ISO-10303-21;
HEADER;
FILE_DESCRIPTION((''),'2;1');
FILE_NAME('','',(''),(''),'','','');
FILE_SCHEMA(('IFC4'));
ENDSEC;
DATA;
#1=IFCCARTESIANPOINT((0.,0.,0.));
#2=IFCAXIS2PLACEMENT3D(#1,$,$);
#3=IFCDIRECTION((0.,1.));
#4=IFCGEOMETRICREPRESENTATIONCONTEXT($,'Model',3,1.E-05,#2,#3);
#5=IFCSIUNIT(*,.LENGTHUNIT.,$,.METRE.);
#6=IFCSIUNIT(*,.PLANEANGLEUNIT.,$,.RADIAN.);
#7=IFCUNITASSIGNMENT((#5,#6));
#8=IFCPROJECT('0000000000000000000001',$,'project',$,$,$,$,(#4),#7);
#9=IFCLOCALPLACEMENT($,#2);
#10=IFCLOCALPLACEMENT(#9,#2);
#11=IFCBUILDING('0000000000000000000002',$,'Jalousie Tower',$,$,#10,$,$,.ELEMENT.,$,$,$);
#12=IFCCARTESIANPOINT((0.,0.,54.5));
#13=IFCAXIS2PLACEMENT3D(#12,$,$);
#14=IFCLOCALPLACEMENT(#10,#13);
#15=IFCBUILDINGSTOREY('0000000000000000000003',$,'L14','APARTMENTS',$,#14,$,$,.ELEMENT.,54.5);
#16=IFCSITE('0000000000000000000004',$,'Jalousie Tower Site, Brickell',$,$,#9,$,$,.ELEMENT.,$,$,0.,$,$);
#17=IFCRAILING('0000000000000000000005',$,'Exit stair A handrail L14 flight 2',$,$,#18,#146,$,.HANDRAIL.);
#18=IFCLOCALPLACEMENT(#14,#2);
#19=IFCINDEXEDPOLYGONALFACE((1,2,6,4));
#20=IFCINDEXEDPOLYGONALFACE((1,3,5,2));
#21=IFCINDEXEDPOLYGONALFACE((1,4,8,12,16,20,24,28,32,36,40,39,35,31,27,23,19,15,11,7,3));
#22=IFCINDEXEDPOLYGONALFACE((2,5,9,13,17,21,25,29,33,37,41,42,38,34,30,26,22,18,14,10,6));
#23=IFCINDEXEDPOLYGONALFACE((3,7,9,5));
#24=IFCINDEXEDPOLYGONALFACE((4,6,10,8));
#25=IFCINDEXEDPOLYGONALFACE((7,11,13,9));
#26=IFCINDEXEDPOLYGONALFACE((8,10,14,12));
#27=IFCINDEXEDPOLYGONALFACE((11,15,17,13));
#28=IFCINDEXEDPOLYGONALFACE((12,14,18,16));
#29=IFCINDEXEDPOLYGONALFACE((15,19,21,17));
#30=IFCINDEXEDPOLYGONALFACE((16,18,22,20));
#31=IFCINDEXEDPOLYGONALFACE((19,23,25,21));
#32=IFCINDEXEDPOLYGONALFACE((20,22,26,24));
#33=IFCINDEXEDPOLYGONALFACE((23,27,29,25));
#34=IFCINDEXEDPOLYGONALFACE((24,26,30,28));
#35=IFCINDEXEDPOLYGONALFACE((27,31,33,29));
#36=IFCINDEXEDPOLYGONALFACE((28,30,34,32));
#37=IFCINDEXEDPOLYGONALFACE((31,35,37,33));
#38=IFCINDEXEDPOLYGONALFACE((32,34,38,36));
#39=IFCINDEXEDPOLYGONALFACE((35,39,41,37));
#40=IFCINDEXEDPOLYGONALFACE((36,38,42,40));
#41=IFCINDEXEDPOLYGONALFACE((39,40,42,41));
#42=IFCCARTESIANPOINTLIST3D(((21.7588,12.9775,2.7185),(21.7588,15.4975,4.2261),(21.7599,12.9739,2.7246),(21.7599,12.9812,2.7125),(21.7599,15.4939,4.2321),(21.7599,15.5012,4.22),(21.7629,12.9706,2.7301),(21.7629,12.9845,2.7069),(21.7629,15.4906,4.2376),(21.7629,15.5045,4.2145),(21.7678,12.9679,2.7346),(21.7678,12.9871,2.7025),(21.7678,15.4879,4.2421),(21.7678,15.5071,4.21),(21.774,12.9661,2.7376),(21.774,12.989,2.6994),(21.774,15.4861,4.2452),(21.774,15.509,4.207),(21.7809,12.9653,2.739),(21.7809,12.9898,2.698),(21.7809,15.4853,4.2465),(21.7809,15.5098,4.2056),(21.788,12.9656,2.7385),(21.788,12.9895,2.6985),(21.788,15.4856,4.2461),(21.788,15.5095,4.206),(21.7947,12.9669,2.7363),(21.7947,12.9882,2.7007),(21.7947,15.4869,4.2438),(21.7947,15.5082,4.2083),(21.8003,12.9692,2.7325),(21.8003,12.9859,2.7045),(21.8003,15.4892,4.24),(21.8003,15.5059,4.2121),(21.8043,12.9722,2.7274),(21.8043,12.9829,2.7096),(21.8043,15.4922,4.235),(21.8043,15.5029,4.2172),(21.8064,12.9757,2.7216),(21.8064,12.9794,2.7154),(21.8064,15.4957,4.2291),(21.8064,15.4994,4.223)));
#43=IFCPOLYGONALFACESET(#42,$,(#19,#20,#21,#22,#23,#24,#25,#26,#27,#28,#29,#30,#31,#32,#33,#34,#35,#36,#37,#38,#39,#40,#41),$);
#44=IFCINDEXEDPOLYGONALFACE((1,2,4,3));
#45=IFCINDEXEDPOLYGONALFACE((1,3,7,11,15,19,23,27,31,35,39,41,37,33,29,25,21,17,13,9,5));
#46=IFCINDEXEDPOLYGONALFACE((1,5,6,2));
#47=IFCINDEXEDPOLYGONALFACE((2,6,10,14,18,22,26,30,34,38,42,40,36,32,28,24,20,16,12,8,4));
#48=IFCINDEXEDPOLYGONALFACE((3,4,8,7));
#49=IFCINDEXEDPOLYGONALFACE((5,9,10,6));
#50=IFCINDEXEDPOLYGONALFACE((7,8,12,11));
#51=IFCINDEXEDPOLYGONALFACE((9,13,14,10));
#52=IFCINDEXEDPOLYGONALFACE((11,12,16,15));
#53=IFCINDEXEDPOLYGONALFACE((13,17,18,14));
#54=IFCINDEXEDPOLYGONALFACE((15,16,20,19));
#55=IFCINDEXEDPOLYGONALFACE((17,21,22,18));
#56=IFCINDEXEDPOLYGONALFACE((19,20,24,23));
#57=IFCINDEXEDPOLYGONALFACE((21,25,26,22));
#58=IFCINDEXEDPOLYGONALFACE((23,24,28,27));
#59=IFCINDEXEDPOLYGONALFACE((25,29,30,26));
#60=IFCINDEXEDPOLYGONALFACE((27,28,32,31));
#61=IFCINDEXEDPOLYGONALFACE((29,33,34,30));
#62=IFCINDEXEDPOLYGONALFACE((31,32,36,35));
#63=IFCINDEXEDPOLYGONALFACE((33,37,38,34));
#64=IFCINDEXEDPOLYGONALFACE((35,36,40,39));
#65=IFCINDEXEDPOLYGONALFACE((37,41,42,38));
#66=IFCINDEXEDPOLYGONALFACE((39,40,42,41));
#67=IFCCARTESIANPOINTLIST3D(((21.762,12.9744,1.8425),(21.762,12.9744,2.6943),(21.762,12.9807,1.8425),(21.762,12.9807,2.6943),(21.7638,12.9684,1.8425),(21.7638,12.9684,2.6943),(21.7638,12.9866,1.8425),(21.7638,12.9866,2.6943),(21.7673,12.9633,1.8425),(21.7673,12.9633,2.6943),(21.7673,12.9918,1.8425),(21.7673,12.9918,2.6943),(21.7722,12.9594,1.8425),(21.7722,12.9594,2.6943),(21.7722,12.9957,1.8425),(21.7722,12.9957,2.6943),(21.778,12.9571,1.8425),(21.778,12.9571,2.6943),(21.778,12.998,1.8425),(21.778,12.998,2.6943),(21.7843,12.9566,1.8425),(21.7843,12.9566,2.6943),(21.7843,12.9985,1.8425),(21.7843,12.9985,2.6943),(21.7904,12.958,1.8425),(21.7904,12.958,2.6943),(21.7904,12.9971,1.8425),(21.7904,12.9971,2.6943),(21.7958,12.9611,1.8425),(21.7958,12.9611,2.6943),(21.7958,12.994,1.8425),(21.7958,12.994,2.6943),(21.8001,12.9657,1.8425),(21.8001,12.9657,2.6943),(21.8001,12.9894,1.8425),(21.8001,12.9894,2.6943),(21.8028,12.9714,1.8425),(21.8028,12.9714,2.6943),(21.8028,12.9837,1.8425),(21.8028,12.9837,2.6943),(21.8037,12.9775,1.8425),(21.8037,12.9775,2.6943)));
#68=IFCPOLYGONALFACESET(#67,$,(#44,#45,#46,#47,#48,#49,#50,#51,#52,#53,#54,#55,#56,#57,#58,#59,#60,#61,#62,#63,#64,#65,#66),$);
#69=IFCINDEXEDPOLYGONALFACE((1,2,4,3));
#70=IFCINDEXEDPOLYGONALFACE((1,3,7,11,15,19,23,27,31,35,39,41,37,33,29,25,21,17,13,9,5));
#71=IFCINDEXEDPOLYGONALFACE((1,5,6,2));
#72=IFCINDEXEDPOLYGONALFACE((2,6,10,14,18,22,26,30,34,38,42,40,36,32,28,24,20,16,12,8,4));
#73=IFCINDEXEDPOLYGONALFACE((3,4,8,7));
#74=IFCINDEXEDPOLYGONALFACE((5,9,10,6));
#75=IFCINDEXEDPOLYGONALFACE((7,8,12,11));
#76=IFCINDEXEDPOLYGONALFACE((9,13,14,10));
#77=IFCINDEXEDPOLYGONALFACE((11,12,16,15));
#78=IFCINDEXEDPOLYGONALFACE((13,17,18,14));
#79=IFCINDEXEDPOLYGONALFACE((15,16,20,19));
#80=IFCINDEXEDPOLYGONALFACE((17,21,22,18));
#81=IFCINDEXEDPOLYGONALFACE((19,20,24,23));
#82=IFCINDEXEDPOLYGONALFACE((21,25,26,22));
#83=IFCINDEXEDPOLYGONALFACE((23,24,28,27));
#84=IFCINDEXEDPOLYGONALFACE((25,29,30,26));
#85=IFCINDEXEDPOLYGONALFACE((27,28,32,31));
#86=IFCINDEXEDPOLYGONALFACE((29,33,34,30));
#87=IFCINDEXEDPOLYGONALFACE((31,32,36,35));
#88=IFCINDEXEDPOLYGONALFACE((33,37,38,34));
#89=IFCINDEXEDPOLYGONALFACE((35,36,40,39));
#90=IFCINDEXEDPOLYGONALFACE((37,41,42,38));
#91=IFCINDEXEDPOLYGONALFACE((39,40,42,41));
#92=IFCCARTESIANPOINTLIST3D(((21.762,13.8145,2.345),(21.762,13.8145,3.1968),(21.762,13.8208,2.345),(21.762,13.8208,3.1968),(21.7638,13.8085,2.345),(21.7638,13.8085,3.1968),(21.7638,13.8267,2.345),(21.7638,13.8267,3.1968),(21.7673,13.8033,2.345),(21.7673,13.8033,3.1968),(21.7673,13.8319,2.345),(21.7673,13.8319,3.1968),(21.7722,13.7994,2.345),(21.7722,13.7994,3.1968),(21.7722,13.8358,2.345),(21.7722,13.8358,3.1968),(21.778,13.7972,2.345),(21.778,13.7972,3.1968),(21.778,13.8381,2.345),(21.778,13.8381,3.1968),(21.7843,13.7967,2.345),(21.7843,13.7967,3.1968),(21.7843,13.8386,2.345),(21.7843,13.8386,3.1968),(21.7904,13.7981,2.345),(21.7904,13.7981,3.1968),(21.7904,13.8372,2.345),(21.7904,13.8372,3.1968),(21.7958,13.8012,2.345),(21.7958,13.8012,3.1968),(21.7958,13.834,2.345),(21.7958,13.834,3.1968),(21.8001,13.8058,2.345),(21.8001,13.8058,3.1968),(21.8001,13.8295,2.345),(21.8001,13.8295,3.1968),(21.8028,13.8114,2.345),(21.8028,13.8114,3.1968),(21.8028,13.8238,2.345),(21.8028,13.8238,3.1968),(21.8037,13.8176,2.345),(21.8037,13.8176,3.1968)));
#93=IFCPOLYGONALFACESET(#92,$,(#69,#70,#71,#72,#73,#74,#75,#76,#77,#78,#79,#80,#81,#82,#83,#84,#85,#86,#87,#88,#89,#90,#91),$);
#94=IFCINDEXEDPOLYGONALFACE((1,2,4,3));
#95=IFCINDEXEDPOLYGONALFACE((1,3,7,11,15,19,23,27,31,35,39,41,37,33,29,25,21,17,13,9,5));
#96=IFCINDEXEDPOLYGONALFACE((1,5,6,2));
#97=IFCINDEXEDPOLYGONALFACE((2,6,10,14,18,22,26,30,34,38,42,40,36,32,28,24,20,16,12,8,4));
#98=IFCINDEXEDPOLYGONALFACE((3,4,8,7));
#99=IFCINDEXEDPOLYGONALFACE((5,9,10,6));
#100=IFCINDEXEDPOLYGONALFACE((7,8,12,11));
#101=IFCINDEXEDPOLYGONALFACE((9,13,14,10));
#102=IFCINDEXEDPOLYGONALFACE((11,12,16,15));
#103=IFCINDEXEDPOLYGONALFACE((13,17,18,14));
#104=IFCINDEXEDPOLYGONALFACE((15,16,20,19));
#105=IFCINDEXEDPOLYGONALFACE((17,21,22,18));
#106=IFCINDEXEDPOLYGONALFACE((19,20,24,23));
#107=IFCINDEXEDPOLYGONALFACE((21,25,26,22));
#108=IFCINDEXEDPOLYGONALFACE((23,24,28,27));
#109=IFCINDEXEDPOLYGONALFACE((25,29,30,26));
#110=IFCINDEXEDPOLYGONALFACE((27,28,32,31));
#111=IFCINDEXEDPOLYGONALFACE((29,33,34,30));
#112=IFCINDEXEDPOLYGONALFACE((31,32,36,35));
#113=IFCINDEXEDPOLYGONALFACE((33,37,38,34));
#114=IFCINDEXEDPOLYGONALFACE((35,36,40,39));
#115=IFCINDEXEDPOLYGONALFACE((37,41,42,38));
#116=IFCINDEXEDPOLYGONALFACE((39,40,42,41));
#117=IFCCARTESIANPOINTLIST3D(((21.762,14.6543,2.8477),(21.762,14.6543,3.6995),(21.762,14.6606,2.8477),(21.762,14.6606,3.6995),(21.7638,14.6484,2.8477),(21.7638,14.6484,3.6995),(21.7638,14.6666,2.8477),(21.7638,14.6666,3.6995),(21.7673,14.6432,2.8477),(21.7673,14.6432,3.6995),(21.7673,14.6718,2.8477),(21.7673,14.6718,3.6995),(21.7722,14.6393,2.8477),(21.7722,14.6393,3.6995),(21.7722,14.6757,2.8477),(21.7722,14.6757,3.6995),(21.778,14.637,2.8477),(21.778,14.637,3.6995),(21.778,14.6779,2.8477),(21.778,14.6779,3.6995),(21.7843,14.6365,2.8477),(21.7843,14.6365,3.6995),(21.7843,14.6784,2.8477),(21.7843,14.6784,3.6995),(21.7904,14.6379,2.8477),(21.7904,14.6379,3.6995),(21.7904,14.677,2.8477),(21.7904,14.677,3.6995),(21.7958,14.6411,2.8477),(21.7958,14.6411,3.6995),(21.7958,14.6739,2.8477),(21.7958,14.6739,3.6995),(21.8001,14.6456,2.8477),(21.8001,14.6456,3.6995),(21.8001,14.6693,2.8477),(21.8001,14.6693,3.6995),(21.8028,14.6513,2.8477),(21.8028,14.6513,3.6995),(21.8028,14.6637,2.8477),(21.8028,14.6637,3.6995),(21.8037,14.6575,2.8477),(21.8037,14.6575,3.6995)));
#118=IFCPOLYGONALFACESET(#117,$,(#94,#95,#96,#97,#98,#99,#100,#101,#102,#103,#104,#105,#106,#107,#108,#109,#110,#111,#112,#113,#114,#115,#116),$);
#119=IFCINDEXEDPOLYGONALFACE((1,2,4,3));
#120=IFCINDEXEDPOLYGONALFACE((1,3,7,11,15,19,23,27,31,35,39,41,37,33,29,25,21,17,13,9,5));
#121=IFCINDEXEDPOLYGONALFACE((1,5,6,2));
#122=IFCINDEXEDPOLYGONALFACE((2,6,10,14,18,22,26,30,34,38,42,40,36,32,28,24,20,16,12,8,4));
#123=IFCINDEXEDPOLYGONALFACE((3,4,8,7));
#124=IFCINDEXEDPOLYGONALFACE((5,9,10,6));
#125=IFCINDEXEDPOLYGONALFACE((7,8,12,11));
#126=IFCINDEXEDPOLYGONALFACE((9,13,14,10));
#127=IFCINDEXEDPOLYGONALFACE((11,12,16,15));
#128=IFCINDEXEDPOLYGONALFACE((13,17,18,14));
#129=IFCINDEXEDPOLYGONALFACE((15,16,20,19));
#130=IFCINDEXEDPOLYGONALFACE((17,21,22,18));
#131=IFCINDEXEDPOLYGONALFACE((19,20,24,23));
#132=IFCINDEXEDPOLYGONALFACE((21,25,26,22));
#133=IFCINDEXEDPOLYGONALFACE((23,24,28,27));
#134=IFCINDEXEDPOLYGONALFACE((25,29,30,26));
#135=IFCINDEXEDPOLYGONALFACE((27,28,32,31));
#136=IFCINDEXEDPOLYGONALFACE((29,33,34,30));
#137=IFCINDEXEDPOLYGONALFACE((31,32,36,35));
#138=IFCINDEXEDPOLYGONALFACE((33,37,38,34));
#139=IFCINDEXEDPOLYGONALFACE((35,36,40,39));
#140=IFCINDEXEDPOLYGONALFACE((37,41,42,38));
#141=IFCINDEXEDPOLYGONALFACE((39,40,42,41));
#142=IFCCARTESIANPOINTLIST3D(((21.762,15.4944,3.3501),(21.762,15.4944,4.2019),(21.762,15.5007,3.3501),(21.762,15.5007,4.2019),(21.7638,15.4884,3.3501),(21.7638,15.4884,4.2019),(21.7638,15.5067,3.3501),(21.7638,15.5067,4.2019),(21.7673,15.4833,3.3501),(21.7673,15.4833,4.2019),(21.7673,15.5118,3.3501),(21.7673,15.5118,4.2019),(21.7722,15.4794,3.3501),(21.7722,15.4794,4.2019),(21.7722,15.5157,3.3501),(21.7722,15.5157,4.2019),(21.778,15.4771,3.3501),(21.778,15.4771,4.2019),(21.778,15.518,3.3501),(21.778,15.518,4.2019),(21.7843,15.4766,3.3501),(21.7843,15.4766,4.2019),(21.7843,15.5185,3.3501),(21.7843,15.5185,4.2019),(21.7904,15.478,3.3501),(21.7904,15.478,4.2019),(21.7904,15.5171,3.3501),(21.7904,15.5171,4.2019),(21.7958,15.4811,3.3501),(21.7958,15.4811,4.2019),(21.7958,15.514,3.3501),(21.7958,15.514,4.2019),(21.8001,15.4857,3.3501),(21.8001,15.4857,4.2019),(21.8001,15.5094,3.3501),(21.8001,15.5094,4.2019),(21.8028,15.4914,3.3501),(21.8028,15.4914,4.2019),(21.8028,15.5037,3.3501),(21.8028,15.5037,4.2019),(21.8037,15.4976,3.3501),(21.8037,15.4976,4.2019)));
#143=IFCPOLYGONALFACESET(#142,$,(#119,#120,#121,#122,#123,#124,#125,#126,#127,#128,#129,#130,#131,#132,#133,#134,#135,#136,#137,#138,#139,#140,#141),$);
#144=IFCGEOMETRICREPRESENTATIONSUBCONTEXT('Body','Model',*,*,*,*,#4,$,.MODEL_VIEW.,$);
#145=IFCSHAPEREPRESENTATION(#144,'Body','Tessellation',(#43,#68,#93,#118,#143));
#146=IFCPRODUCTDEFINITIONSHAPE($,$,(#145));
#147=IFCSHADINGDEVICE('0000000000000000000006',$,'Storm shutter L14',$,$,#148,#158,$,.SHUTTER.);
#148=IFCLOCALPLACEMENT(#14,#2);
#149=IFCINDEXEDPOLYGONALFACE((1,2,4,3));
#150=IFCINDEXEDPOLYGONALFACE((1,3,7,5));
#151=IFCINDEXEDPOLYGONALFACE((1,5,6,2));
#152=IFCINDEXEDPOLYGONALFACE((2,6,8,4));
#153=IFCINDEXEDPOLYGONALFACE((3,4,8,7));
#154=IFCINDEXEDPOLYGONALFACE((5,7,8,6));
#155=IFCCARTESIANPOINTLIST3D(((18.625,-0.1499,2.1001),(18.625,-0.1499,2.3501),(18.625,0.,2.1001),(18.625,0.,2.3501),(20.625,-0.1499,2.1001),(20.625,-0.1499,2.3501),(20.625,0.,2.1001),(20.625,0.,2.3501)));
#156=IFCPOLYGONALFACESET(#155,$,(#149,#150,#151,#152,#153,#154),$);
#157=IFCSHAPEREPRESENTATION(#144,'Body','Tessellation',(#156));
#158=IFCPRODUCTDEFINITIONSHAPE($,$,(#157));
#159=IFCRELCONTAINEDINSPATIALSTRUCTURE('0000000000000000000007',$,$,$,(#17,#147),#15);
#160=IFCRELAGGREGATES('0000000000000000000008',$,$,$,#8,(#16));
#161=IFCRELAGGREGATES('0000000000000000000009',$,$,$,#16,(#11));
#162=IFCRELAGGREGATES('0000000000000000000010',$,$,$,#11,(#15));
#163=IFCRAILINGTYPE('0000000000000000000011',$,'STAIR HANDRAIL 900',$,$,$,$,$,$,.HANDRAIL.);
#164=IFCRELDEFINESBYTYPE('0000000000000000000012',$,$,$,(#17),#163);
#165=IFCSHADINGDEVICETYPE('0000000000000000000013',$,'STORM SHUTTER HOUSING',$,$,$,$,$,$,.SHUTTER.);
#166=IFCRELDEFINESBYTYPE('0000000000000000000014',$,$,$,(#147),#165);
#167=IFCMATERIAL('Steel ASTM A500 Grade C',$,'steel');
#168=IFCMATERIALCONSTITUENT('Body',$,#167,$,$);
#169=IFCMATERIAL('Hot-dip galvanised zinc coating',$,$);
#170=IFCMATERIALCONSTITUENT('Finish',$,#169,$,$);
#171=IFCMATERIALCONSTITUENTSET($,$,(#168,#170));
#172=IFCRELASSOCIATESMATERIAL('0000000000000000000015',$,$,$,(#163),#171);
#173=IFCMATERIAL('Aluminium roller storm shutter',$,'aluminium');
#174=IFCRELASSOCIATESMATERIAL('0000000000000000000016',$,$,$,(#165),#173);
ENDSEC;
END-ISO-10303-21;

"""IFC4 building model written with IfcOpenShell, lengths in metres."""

from ifc_helpers import new_model, si_unit, direction, frame, origin, origin_2d, place, context, subcontext, project, spatial, rectangle, circle, extrude, material, constituent, constituent_set, type_object, element, save


model = new_model("IFC4")

# Units and contexts
model_context = context("Model", 3, precision=1e-05, world=origin(), true_north=direction((0.0, 1.0)))
body_context = subcontext(model_context, "Body", "Model", "MODEL_VIEW")
ifc_project = project(units=[si_unit("LENGTHUNIT", "METRE"), si_unit("PLANEANGLEUNIT", "RADIAN")], contexts=[model_context])

# Site, building, storey
site_placement = place(None, origin())
site = spatial("IfcSite", under=ifc_project, at=site_placement, Name="Jalousie Tower Site, Brickell", CompositionType="ELEMENT", RefElevation=0.0)
building_placement = place(site_placement, origin())
building = spatial("IfcBuilding", under=site, at=building_placement, Name="Jalousie Tower", CompositionType="ELEMENT")
storey_placement = place(building_placement, frame((0.0, 0.0, 54.5)))
storey = spatial("IfcBuildingStorey", under=building, at=storey_placement, Name="L14", Description="APARTMENTS", CompositionType="ELEMENT", Elevation=54.5)

# Railing
ifc_material_1 = material(Name="Steel ASTM A500 Grade C", Category="steel")
ifc_constituent_1 = constituent(ifc_material_1, Name="Body")
ifc_material_2 = material(Name="Hot-dip galvanised zinc coating")
ifc_constituent_2 = constituent(ifc_material_2, Name="Finish")
ifc_constituent_set_1 = constituent_set(constituents=[ifc_constituent_1, ifc_constituent_2])
railing_type_1 = type_object("IfcRailingType", Name="STAIR HANDRAIL 900", PredefinedType="HANDRAIL", material=ifc_constituent_set_1)
railing_1_placement = place(storey_placement, frame((21.7827, 12.9775, 1.8425)))
element("IfcRailing", 1, at=railing_1_placement, inside=storey, type_object=railing_type_1, Name="Exit stair A handrail L14 flight 2", PredefinedType="HANDRAIL", context=body_context, shape_type="SweptSolid", body=[
    extrude(circle(Radius=0.0239, at=origin_2d()), frame((0.0, 0.0, 0.876), z_axis=(0.0, 0.85816, 0.513383), x_axis=(-1.0, 0.0, 0.0)), (0.0, 0.0, 1.0), 2.9365),
    extrude(circle(Radius=0.021, at=origin_2d()), origin(), (0.0, 0.0, 1.0), 0.8518),
    extrude(circle(Radius=0.021, at=origin_2d()), frame((0.0, 0.8401, 0.5024)), (0.0, 0.0, 1.0), 0.8518),
    extrude(circle(Radius=0.021, at=origin_2d()), frame((0.0, 1.6799, 1.0051)), (0.0, 0.0, 1.0), 0.8518),
    extrude(circle(Radius=0.021, at=origin_2d()), frame((0.0, 2.52, 1.5076)), (0.0, 0.0, 1.0), 0.8518),
])

# Shading device
ifc_material_3 = material(Name="Aluminium roller storm shutter", Category="aluminium")
shading_device_type = type_object("IfcShadingDeviceType", Name="STORM SHUTTER HOUSING", PredefinedType="SHUTTER", material=ifc_material_3)
shading_device_placement = place(storey_placement, frame((19.625, -0.075, 2.1001), z_axis=(0.0, 0.0, 1.0), x_axis=(1.0, 0.0, 0.0)))
element("IfcShadingDevice", 2, at=shading_device_placement, inside=storey, type_object=shading_device_type, Name="Storm shutter L14", PredefinedType="SHUTTER", context=body_context, shape_type="SweptSolid", body=[
    extrude(rectangle(XDim=2.0, YDim=0.1499, at=origin_2d()), origin(), (0.0, 0.0, 1.0), 0.25),
])

save(model, "model.ifc")
